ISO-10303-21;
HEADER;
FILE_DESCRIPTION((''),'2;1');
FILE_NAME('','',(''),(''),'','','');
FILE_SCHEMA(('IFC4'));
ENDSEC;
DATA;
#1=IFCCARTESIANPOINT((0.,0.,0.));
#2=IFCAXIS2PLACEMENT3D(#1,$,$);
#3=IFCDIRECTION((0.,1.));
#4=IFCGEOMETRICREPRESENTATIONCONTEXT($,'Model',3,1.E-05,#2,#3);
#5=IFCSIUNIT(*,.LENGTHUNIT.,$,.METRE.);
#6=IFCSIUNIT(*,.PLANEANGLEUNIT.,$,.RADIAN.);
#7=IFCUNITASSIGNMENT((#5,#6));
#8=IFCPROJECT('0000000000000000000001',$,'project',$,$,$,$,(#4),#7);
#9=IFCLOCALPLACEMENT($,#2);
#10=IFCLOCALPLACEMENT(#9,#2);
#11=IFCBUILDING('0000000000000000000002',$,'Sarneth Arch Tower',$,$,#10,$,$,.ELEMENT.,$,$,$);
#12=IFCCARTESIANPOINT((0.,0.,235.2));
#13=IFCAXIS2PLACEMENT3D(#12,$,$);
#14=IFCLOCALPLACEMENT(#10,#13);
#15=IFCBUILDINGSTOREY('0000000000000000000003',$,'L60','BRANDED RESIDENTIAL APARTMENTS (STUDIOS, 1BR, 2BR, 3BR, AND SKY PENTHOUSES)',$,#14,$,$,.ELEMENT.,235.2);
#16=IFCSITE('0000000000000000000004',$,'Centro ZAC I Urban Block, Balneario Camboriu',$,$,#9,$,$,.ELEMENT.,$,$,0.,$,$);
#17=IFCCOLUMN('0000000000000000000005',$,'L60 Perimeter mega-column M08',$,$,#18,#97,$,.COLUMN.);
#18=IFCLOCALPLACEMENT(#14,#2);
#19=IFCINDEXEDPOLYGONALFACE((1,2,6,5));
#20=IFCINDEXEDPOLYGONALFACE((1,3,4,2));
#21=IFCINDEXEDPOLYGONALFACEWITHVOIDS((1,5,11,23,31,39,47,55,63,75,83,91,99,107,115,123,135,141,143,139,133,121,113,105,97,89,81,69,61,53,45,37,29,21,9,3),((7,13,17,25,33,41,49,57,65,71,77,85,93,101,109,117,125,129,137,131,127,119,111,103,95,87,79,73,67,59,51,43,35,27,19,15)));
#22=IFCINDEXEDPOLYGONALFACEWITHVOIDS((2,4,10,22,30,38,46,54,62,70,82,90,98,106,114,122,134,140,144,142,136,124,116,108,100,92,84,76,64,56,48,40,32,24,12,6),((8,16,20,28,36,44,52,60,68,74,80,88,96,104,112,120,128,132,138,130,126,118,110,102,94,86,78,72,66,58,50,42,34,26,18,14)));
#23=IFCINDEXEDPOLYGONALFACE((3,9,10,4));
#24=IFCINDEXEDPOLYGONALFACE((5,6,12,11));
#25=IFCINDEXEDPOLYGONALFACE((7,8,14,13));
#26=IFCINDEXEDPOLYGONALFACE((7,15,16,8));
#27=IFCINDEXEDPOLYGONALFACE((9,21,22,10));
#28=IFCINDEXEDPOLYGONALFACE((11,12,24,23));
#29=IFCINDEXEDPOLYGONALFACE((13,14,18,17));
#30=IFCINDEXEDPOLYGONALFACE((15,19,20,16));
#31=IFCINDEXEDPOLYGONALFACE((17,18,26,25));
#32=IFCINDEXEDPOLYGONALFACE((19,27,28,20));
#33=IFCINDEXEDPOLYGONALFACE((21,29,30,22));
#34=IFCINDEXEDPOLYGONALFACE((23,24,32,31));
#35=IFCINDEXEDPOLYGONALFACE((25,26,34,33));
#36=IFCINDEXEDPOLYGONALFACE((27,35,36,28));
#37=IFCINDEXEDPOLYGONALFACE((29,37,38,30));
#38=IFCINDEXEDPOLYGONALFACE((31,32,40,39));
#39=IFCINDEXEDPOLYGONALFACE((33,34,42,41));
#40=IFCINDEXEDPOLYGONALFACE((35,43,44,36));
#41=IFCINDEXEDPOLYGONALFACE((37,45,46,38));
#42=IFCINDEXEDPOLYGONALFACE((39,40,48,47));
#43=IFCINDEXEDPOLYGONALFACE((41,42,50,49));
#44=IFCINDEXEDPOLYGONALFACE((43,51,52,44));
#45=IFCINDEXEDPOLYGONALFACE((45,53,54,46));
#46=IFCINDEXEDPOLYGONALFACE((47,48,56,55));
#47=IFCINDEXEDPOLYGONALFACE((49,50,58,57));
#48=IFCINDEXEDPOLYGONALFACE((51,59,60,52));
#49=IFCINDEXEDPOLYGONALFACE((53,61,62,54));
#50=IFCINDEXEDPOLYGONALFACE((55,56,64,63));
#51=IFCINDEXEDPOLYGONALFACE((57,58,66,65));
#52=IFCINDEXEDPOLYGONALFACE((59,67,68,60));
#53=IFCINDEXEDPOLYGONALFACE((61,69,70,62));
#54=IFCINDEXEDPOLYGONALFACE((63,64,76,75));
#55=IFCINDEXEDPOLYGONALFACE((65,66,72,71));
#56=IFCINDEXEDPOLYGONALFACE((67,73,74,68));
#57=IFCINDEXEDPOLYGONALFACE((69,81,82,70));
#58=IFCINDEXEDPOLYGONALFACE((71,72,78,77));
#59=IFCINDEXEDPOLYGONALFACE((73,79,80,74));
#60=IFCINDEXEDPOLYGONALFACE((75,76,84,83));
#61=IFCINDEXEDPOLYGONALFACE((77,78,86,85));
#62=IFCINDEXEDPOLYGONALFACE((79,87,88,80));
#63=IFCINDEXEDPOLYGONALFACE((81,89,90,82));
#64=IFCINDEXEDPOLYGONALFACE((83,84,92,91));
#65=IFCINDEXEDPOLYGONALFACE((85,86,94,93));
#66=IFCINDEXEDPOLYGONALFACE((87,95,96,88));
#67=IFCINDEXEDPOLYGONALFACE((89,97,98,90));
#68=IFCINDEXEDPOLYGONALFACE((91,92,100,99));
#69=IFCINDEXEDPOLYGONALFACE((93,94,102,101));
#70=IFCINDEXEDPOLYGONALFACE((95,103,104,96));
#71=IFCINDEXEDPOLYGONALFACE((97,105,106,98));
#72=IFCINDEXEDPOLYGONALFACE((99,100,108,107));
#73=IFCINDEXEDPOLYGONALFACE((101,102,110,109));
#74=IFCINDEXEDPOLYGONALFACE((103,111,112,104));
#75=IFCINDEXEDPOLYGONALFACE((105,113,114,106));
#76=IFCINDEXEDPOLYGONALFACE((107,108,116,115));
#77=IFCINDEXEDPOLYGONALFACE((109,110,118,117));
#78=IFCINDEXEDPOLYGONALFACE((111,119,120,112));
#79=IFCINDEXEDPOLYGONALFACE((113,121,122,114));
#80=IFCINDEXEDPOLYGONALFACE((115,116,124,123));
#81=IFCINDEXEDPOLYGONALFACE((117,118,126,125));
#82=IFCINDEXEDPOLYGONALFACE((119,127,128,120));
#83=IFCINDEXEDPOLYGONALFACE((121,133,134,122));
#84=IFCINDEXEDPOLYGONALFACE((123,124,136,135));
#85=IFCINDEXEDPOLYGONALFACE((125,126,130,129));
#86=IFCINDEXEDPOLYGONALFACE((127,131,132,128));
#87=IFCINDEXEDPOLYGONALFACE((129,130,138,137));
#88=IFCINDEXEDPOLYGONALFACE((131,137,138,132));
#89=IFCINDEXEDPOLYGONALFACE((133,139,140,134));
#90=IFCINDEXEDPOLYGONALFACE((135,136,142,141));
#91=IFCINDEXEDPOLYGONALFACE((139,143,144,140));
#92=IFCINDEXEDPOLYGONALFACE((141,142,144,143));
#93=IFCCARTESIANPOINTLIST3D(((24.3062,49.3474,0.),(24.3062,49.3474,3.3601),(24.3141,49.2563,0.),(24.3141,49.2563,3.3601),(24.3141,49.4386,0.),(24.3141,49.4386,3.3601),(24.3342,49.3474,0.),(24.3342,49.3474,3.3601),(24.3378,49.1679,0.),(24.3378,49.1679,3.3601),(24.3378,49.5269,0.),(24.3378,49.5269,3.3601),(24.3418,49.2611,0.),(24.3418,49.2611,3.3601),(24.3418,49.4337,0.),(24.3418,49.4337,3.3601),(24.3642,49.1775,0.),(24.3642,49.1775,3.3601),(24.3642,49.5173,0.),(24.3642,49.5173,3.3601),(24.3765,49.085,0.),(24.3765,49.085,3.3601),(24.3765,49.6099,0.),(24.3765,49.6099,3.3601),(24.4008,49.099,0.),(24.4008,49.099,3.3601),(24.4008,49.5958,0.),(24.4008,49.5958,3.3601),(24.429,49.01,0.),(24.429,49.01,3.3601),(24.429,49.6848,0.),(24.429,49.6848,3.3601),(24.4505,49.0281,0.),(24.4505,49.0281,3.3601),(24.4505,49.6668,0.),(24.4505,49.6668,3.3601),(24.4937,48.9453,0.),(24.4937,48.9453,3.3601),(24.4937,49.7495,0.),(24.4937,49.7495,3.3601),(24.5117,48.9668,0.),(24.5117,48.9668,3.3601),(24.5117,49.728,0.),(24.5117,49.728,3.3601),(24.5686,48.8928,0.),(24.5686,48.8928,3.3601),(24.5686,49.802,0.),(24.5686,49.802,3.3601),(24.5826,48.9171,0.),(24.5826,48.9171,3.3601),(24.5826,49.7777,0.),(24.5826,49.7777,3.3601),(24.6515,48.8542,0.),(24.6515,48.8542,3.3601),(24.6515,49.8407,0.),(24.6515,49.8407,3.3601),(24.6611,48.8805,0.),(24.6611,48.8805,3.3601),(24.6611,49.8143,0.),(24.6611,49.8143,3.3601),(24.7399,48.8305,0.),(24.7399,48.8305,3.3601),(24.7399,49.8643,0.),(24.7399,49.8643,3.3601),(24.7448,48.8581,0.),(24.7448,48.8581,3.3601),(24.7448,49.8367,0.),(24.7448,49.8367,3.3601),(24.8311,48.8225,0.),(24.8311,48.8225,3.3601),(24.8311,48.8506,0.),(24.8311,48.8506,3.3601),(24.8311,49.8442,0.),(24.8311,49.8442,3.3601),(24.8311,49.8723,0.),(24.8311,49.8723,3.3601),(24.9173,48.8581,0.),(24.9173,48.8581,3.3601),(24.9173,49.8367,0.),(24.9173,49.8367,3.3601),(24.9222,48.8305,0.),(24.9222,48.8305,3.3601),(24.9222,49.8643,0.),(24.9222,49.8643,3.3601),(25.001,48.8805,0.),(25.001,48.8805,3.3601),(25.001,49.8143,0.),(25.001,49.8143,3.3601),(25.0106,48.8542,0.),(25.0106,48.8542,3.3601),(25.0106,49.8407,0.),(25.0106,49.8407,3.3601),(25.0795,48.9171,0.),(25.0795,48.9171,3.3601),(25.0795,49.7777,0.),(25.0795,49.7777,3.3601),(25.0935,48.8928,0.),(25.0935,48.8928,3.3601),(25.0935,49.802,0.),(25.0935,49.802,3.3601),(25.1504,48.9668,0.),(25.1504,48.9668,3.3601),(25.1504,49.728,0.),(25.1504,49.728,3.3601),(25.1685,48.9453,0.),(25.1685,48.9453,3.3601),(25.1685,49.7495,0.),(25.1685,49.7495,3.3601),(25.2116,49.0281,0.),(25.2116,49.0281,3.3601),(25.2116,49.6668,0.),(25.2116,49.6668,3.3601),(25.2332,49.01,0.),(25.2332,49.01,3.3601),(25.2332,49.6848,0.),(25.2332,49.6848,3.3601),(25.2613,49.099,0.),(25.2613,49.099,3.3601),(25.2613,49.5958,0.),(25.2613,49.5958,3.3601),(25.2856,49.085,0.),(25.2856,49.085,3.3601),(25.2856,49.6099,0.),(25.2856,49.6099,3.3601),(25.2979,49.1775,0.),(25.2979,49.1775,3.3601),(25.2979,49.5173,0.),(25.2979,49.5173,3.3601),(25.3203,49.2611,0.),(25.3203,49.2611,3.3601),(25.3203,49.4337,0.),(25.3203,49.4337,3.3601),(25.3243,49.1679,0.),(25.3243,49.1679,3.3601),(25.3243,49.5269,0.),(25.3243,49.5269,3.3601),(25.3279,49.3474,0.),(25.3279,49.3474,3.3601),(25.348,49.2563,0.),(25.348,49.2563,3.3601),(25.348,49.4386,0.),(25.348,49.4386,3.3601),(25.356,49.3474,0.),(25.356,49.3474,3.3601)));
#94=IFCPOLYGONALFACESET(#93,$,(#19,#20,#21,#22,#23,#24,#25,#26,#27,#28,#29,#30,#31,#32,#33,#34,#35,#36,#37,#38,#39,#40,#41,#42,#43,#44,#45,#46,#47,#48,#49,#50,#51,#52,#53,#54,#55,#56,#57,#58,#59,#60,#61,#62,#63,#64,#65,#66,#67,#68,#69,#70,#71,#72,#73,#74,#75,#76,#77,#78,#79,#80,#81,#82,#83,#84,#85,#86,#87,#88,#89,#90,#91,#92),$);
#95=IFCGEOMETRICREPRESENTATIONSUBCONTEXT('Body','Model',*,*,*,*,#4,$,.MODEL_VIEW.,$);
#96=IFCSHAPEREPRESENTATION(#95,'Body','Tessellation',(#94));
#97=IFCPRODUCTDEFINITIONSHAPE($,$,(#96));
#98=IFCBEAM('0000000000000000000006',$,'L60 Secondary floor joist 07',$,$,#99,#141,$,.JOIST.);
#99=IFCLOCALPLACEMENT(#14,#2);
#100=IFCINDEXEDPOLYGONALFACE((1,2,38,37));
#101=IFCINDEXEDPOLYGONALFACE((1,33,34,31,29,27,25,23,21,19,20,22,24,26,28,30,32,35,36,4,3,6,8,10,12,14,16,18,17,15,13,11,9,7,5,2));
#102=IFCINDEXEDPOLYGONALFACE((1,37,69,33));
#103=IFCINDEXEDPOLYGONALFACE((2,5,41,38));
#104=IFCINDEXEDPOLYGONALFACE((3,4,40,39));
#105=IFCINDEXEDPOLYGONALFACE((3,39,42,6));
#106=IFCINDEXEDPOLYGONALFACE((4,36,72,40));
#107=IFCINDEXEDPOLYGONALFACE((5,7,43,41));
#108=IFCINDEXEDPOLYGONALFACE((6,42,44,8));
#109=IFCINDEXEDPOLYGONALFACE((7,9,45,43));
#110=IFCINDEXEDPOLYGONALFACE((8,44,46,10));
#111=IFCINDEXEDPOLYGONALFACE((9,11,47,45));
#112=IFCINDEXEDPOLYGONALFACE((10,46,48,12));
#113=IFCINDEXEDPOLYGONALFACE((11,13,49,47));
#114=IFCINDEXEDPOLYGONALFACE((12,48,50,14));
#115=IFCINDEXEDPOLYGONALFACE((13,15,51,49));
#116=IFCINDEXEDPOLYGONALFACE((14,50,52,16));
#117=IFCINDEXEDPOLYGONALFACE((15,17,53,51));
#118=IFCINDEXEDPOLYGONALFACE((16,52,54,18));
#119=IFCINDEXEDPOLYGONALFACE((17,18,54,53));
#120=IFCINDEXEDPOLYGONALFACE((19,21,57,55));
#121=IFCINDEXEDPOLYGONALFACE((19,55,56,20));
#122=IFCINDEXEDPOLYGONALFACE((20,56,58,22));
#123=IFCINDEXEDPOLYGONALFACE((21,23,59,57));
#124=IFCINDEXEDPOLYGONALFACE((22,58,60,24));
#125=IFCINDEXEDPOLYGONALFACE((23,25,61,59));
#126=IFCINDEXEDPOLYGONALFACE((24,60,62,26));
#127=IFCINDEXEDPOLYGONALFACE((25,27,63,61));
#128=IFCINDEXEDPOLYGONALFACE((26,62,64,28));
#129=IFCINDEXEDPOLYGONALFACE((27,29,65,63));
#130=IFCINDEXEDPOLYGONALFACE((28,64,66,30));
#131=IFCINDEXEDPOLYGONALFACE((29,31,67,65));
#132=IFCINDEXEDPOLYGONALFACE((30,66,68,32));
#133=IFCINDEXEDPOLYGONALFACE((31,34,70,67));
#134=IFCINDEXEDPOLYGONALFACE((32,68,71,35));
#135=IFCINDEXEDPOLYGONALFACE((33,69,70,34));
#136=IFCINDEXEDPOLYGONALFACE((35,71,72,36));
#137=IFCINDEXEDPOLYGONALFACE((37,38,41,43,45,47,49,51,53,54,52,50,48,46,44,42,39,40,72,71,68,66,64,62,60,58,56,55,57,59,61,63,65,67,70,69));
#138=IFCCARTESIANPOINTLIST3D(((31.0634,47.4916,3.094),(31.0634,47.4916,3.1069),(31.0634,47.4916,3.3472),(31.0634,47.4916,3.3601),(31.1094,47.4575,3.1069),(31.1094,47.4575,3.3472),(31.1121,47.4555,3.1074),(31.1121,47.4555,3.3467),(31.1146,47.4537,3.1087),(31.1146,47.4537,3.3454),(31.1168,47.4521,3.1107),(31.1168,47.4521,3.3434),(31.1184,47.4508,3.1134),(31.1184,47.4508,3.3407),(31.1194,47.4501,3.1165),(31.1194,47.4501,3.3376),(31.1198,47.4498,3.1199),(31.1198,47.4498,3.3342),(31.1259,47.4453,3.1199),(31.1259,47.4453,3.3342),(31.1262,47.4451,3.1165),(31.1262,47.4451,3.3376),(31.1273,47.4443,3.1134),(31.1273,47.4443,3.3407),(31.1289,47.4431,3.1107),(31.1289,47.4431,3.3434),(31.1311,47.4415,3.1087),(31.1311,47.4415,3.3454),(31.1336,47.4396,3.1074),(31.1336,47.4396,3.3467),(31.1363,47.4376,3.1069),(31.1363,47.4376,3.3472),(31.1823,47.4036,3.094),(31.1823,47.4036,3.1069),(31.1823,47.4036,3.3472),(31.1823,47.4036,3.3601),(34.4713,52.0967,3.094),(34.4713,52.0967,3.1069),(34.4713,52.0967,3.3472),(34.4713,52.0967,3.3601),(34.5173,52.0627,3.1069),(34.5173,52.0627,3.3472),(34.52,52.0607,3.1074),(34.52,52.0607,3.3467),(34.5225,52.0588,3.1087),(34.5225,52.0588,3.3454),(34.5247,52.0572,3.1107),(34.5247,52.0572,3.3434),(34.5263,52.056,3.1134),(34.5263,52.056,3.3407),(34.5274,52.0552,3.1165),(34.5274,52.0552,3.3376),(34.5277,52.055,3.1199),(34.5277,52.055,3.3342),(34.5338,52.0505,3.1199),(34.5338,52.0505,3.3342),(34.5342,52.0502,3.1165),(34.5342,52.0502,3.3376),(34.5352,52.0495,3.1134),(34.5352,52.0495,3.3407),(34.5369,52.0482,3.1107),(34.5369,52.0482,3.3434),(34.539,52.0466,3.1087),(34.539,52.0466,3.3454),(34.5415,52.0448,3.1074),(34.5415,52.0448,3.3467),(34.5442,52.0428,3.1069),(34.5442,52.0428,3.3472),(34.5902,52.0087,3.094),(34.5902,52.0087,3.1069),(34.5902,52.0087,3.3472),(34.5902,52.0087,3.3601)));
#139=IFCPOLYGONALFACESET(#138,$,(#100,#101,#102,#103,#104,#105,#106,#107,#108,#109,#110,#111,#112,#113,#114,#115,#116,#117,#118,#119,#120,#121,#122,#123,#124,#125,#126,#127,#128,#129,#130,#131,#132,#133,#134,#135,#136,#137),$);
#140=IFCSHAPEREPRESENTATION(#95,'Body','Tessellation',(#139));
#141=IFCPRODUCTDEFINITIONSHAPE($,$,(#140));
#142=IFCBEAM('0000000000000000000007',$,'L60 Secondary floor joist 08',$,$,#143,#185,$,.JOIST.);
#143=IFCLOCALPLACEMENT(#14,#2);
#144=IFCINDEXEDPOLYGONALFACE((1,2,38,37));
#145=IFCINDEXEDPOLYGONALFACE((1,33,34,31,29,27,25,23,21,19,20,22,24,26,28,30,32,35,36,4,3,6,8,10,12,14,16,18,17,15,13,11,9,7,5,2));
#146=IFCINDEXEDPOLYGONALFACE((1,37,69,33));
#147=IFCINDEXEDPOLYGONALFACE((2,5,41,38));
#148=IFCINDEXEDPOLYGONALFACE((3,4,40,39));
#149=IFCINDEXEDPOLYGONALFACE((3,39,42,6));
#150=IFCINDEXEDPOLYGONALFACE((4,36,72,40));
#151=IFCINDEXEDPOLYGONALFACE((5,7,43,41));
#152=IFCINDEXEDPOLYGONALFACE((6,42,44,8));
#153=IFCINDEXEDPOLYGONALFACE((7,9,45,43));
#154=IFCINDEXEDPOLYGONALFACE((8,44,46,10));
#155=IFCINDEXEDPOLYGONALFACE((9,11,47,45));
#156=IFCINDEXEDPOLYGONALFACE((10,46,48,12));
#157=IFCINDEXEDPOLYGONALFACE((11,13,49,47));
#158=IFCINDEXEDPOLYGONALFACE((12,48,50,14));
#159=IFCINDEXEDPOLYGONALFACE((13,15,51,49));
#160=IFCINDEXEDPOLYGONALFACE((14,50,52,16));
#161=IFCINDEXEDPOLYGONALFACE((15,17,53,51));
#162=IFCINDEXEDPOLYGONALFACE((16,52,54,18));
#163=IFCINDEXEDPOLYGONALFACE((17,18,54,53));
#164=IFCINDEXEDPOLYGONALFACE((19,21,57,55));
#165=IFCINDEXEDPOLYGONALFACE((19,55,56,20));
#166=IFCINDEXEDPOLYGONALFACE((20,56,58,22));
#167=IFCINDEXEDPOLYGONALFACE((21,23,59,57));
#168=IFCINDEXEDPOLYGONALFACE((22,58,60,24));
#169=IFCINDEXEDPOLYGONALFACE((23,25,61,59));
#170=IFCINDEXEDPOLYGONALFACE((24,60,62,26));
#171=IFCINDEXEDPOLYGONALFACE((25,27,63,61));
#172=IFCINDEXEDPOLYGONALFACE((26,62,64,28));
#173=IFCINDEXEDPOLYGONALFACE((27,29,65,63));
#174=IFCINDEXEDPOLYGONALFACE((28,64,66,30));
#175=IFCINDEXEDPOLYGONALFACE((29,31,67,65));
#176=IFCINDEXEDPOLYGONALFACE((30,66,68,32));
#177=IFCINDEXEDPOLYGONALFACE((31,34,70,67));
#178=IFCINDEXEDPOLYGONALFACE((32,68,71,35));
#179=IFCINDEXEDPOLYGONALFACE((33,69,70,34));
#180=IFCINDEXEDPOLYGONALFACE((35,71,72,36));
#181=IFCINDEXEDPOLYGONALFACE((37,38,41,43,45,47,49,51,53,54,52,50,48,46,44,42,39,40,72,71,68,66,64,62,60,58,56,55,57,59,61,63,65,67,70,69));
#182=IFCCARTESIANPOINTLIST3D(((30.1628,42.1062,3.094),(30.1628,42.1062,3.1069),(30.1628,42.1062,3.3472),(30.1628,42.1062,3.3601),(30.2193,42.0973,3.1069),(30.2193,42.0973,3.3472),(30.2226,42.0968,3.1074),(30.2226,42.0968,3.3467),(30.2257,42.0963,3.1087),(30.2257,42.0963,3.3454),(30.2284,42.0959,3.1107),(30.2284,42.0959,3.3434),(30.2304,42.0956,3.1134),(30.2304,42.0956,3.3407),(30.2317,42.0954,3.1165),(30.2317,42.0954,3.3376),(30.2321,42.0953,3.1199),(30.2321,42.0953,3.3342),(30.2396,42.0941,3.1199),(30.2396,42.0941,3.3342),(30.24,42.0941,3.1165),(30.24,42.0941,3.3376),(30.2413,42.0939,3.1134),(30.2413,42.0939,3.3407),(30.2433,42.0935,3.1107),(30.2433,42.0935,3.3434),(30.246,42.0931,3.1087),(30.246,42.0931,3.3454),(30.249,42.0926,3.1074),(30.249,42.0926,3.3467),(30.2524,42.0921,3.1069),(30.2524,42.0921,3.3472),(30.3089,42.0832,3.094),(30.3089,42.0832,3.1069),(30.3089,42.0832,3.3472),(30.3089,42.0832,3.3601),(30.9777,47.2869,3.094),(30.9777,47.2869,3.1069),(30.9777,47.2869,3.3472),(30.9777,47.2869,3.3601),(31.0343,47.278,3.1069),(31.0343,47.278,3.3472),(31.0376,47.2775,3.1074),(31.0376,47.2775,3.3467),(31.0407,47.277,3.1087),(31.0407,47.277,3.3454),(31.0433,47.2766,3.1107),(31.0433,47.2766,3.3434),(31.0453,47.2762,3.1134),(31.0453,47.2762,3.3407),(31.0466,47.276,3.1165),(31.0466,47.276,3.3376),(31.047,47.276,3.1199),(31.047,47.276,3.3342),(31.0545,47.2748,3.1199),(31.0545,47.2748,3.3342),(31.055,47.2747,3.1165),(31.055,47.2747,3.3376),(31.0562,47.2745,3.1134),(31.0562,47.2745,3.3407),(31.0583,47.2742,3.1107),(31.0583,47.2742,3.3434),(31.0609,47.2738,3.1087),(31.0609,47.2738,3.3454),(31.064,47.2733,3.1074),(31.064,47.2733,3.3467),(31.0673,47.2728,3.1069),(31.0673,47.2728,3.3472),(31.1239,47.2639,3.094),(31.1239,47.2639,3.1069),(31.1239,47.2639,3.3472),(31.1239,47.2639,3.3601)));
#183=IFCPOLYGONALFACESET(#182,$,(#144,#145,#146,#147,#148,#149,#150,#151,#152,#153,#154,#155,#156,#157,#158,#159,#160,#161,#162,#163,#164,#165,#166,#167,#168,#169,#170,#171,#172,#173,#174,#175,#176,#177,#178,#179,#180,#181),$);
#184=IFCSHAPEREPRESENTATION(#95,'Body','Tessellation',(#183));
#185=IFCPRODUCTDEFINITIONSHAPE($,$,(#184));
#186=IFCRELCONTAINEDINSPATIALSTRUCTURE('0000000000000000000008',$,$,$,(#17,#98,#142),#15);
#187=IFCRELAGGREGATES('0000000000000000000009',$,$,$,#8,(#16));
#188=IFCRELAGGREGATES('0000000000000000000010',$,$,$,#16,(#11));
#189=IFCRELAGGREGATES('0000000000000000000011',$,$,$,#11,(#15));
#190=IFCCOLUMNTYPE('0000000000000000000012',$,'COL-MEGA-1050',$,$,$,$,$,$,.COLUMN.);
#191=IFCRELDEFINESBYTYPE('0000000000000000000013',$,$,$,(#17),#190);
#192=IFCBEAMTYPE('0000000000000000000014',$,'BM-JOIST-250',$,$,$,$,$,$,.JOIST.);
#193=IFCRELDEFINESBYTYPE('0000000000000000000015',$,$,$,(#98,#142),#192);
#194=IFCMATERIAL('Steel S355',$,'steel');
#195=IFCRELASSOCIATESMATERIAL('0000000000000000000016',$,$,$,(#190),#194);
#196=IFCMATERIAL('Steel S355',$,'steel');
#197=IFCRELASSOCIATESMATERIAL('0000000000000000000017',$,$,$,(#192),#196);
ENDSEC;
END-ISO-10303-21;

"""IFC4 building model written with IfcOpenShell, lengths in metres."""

from ifc_helpers import new_model, si_unit, direction, frame, origin, origin_2d, place, context, subcontext, project, spatial, hollow_circle, i_section, extrude, material, material_profile, profile_set, type_object, element, save


model = new_model("IFC4")

# Units and contexts
model_context = context("Model", 3, precision=1e-05, world=origin(), true_north=direction((0.0, 1.0)))
body_context = subcontext(model_context, "Body", "Model", "MODEL_VIEW")
ifc_project = project(units=[si_unit("LENGTHUNIT", "METRE"), si_unit("PLANEANGLEUNIT", "RADIAN")], contexts=[model_context])

# Site, building, storey
site_placement = place(None, origin())
site = spatial("IfcSite", under=ifc_project, at=site_placement, Name="Centro ZAC I Urban Block, Balneario Camboriu", CompositionType="ELEMENT", RefElevation=0.0)
building_placement = place(site_placement, origin())
building = spatial("IfcBuilding", under=site, at=building_placement, Name="Sarneth Arch Tower", CompositionType="ELEMENT")
storey_placement = place(building_placement, frame((0.0, 0.0, 235.2)))
storey = spatial("IfcBuildingStorey", under=building, at=storey_placement, Name="L60", Description="BRANDED RESIDENTIAL APARTMENTS (STUDIOS, 1BR, 2BR, 3BR, AND SKY PENTHOUSES)", CompositionType="ELEMENT", Elevation=235.2)

# Column
ifc_material_1 = material(Name="Steel S355", Category="steel")
ifc_material_profile_1 = material_profile(ifc_material_1, hollow_circle(Radius=0.5249, WallThickness=0.0281, at=origin_2d()), Name="CHS1050x28")
ifc_profile_set_1 = profile_set([ifc_material_profile_1], Name="Steel S355")
column_type = type_object("IfcColumnType", Name="COL-MEGA-1050", PredefinedType="COLUMN", material=ifc_profile_set_1)
column_placement = place(storey_placement, frame((24.8311, 49.3474, 0.0), z_axis=(0.0, 0.0, 1.0), x_axis=(1.0, 0.0, 0.0)))
element("IfcColumn", 1, at=column_placement, inside=storey, type_object=column_type, Name="L60 Perimeter mega-column M08", PredefinedType="COLUMN", context=body_context, shape_type="SweptSolid", body=[
    extrude(hollow_circle(Radius=0.5249, WallThickness=0.0281, at=origin_2d()), origin(), (0.0, 0.0, 1.0), 3.3601),
])

# Beams
ifc_material_2 = material(Name="Steel S355", Category="steel")
ifc_material_profile_2 = material_profile(ifc_material_2, i_section(OverallWidth=0.1479, OverallDepth=0.2661, WebThickness=0.0076, FlangeThickness=0.0129, FilletRadius=0.0129, at=origin_2d()), Name="W250x44.8")
ifc_profile_set_2 = profile_set([ifc_material_profile_2], Name="Steel S355")
beam_type_1 = type_object("IfcBeamType", Name="BM-JOIST-250", PredefinedType="JOIST", material=ifc_profile_set_2)
beam_1_placement = place(storey_placement, frame((34.5308, 52.0527, 3.2271), z_axis=(-0.594853, -0.803834, 0.0), x_axis=(0.803834, -0.594853, 0.0)))
element("IfcBeam", 2, at=beam_1_placement, inside=storey, type_object=beam_type_1, Name="L60 Secondary floor joist 07", PredefinedType="JOIST", context=body_context, shape_type="SweptSolid", body=[
    extrude(i_section(OverallWidth=0.1479, OverallDepth=0.2661, WebThickness=0.0076, FlangeThickness=0.0129, FilletRadius=0.0129, at=origin_2d()), origin(), (0.0, 0.0, 1.0), 5.729),
])
beam_2_placement = place(storey_placement, frame((31.0508, 47.2754, 3.2271), z_axis=(-0.155394, -0.987853, 0.0), x_axis=(0.987853, -0.155394, 0.0)))
element("IfcBeam", 3, at=beam_2_placement, inside=storey, type_object=beam_type_1, Name="L60 Secondary floor joist 08", PredefinedType="JOIST", context=body_context, shape_type="SweptSolid", body=[
    extrude(i_section(OverallWidth=0.1479, OverallDepth=0.2661, WebThickness=0.0076, FlangeThickness=0.0129, FilletRadius=0.0129, at=origin_2d()), origin(), (0.0, 0.0, 1.0), 5.2444),
])

save(model, "model.ifc")
